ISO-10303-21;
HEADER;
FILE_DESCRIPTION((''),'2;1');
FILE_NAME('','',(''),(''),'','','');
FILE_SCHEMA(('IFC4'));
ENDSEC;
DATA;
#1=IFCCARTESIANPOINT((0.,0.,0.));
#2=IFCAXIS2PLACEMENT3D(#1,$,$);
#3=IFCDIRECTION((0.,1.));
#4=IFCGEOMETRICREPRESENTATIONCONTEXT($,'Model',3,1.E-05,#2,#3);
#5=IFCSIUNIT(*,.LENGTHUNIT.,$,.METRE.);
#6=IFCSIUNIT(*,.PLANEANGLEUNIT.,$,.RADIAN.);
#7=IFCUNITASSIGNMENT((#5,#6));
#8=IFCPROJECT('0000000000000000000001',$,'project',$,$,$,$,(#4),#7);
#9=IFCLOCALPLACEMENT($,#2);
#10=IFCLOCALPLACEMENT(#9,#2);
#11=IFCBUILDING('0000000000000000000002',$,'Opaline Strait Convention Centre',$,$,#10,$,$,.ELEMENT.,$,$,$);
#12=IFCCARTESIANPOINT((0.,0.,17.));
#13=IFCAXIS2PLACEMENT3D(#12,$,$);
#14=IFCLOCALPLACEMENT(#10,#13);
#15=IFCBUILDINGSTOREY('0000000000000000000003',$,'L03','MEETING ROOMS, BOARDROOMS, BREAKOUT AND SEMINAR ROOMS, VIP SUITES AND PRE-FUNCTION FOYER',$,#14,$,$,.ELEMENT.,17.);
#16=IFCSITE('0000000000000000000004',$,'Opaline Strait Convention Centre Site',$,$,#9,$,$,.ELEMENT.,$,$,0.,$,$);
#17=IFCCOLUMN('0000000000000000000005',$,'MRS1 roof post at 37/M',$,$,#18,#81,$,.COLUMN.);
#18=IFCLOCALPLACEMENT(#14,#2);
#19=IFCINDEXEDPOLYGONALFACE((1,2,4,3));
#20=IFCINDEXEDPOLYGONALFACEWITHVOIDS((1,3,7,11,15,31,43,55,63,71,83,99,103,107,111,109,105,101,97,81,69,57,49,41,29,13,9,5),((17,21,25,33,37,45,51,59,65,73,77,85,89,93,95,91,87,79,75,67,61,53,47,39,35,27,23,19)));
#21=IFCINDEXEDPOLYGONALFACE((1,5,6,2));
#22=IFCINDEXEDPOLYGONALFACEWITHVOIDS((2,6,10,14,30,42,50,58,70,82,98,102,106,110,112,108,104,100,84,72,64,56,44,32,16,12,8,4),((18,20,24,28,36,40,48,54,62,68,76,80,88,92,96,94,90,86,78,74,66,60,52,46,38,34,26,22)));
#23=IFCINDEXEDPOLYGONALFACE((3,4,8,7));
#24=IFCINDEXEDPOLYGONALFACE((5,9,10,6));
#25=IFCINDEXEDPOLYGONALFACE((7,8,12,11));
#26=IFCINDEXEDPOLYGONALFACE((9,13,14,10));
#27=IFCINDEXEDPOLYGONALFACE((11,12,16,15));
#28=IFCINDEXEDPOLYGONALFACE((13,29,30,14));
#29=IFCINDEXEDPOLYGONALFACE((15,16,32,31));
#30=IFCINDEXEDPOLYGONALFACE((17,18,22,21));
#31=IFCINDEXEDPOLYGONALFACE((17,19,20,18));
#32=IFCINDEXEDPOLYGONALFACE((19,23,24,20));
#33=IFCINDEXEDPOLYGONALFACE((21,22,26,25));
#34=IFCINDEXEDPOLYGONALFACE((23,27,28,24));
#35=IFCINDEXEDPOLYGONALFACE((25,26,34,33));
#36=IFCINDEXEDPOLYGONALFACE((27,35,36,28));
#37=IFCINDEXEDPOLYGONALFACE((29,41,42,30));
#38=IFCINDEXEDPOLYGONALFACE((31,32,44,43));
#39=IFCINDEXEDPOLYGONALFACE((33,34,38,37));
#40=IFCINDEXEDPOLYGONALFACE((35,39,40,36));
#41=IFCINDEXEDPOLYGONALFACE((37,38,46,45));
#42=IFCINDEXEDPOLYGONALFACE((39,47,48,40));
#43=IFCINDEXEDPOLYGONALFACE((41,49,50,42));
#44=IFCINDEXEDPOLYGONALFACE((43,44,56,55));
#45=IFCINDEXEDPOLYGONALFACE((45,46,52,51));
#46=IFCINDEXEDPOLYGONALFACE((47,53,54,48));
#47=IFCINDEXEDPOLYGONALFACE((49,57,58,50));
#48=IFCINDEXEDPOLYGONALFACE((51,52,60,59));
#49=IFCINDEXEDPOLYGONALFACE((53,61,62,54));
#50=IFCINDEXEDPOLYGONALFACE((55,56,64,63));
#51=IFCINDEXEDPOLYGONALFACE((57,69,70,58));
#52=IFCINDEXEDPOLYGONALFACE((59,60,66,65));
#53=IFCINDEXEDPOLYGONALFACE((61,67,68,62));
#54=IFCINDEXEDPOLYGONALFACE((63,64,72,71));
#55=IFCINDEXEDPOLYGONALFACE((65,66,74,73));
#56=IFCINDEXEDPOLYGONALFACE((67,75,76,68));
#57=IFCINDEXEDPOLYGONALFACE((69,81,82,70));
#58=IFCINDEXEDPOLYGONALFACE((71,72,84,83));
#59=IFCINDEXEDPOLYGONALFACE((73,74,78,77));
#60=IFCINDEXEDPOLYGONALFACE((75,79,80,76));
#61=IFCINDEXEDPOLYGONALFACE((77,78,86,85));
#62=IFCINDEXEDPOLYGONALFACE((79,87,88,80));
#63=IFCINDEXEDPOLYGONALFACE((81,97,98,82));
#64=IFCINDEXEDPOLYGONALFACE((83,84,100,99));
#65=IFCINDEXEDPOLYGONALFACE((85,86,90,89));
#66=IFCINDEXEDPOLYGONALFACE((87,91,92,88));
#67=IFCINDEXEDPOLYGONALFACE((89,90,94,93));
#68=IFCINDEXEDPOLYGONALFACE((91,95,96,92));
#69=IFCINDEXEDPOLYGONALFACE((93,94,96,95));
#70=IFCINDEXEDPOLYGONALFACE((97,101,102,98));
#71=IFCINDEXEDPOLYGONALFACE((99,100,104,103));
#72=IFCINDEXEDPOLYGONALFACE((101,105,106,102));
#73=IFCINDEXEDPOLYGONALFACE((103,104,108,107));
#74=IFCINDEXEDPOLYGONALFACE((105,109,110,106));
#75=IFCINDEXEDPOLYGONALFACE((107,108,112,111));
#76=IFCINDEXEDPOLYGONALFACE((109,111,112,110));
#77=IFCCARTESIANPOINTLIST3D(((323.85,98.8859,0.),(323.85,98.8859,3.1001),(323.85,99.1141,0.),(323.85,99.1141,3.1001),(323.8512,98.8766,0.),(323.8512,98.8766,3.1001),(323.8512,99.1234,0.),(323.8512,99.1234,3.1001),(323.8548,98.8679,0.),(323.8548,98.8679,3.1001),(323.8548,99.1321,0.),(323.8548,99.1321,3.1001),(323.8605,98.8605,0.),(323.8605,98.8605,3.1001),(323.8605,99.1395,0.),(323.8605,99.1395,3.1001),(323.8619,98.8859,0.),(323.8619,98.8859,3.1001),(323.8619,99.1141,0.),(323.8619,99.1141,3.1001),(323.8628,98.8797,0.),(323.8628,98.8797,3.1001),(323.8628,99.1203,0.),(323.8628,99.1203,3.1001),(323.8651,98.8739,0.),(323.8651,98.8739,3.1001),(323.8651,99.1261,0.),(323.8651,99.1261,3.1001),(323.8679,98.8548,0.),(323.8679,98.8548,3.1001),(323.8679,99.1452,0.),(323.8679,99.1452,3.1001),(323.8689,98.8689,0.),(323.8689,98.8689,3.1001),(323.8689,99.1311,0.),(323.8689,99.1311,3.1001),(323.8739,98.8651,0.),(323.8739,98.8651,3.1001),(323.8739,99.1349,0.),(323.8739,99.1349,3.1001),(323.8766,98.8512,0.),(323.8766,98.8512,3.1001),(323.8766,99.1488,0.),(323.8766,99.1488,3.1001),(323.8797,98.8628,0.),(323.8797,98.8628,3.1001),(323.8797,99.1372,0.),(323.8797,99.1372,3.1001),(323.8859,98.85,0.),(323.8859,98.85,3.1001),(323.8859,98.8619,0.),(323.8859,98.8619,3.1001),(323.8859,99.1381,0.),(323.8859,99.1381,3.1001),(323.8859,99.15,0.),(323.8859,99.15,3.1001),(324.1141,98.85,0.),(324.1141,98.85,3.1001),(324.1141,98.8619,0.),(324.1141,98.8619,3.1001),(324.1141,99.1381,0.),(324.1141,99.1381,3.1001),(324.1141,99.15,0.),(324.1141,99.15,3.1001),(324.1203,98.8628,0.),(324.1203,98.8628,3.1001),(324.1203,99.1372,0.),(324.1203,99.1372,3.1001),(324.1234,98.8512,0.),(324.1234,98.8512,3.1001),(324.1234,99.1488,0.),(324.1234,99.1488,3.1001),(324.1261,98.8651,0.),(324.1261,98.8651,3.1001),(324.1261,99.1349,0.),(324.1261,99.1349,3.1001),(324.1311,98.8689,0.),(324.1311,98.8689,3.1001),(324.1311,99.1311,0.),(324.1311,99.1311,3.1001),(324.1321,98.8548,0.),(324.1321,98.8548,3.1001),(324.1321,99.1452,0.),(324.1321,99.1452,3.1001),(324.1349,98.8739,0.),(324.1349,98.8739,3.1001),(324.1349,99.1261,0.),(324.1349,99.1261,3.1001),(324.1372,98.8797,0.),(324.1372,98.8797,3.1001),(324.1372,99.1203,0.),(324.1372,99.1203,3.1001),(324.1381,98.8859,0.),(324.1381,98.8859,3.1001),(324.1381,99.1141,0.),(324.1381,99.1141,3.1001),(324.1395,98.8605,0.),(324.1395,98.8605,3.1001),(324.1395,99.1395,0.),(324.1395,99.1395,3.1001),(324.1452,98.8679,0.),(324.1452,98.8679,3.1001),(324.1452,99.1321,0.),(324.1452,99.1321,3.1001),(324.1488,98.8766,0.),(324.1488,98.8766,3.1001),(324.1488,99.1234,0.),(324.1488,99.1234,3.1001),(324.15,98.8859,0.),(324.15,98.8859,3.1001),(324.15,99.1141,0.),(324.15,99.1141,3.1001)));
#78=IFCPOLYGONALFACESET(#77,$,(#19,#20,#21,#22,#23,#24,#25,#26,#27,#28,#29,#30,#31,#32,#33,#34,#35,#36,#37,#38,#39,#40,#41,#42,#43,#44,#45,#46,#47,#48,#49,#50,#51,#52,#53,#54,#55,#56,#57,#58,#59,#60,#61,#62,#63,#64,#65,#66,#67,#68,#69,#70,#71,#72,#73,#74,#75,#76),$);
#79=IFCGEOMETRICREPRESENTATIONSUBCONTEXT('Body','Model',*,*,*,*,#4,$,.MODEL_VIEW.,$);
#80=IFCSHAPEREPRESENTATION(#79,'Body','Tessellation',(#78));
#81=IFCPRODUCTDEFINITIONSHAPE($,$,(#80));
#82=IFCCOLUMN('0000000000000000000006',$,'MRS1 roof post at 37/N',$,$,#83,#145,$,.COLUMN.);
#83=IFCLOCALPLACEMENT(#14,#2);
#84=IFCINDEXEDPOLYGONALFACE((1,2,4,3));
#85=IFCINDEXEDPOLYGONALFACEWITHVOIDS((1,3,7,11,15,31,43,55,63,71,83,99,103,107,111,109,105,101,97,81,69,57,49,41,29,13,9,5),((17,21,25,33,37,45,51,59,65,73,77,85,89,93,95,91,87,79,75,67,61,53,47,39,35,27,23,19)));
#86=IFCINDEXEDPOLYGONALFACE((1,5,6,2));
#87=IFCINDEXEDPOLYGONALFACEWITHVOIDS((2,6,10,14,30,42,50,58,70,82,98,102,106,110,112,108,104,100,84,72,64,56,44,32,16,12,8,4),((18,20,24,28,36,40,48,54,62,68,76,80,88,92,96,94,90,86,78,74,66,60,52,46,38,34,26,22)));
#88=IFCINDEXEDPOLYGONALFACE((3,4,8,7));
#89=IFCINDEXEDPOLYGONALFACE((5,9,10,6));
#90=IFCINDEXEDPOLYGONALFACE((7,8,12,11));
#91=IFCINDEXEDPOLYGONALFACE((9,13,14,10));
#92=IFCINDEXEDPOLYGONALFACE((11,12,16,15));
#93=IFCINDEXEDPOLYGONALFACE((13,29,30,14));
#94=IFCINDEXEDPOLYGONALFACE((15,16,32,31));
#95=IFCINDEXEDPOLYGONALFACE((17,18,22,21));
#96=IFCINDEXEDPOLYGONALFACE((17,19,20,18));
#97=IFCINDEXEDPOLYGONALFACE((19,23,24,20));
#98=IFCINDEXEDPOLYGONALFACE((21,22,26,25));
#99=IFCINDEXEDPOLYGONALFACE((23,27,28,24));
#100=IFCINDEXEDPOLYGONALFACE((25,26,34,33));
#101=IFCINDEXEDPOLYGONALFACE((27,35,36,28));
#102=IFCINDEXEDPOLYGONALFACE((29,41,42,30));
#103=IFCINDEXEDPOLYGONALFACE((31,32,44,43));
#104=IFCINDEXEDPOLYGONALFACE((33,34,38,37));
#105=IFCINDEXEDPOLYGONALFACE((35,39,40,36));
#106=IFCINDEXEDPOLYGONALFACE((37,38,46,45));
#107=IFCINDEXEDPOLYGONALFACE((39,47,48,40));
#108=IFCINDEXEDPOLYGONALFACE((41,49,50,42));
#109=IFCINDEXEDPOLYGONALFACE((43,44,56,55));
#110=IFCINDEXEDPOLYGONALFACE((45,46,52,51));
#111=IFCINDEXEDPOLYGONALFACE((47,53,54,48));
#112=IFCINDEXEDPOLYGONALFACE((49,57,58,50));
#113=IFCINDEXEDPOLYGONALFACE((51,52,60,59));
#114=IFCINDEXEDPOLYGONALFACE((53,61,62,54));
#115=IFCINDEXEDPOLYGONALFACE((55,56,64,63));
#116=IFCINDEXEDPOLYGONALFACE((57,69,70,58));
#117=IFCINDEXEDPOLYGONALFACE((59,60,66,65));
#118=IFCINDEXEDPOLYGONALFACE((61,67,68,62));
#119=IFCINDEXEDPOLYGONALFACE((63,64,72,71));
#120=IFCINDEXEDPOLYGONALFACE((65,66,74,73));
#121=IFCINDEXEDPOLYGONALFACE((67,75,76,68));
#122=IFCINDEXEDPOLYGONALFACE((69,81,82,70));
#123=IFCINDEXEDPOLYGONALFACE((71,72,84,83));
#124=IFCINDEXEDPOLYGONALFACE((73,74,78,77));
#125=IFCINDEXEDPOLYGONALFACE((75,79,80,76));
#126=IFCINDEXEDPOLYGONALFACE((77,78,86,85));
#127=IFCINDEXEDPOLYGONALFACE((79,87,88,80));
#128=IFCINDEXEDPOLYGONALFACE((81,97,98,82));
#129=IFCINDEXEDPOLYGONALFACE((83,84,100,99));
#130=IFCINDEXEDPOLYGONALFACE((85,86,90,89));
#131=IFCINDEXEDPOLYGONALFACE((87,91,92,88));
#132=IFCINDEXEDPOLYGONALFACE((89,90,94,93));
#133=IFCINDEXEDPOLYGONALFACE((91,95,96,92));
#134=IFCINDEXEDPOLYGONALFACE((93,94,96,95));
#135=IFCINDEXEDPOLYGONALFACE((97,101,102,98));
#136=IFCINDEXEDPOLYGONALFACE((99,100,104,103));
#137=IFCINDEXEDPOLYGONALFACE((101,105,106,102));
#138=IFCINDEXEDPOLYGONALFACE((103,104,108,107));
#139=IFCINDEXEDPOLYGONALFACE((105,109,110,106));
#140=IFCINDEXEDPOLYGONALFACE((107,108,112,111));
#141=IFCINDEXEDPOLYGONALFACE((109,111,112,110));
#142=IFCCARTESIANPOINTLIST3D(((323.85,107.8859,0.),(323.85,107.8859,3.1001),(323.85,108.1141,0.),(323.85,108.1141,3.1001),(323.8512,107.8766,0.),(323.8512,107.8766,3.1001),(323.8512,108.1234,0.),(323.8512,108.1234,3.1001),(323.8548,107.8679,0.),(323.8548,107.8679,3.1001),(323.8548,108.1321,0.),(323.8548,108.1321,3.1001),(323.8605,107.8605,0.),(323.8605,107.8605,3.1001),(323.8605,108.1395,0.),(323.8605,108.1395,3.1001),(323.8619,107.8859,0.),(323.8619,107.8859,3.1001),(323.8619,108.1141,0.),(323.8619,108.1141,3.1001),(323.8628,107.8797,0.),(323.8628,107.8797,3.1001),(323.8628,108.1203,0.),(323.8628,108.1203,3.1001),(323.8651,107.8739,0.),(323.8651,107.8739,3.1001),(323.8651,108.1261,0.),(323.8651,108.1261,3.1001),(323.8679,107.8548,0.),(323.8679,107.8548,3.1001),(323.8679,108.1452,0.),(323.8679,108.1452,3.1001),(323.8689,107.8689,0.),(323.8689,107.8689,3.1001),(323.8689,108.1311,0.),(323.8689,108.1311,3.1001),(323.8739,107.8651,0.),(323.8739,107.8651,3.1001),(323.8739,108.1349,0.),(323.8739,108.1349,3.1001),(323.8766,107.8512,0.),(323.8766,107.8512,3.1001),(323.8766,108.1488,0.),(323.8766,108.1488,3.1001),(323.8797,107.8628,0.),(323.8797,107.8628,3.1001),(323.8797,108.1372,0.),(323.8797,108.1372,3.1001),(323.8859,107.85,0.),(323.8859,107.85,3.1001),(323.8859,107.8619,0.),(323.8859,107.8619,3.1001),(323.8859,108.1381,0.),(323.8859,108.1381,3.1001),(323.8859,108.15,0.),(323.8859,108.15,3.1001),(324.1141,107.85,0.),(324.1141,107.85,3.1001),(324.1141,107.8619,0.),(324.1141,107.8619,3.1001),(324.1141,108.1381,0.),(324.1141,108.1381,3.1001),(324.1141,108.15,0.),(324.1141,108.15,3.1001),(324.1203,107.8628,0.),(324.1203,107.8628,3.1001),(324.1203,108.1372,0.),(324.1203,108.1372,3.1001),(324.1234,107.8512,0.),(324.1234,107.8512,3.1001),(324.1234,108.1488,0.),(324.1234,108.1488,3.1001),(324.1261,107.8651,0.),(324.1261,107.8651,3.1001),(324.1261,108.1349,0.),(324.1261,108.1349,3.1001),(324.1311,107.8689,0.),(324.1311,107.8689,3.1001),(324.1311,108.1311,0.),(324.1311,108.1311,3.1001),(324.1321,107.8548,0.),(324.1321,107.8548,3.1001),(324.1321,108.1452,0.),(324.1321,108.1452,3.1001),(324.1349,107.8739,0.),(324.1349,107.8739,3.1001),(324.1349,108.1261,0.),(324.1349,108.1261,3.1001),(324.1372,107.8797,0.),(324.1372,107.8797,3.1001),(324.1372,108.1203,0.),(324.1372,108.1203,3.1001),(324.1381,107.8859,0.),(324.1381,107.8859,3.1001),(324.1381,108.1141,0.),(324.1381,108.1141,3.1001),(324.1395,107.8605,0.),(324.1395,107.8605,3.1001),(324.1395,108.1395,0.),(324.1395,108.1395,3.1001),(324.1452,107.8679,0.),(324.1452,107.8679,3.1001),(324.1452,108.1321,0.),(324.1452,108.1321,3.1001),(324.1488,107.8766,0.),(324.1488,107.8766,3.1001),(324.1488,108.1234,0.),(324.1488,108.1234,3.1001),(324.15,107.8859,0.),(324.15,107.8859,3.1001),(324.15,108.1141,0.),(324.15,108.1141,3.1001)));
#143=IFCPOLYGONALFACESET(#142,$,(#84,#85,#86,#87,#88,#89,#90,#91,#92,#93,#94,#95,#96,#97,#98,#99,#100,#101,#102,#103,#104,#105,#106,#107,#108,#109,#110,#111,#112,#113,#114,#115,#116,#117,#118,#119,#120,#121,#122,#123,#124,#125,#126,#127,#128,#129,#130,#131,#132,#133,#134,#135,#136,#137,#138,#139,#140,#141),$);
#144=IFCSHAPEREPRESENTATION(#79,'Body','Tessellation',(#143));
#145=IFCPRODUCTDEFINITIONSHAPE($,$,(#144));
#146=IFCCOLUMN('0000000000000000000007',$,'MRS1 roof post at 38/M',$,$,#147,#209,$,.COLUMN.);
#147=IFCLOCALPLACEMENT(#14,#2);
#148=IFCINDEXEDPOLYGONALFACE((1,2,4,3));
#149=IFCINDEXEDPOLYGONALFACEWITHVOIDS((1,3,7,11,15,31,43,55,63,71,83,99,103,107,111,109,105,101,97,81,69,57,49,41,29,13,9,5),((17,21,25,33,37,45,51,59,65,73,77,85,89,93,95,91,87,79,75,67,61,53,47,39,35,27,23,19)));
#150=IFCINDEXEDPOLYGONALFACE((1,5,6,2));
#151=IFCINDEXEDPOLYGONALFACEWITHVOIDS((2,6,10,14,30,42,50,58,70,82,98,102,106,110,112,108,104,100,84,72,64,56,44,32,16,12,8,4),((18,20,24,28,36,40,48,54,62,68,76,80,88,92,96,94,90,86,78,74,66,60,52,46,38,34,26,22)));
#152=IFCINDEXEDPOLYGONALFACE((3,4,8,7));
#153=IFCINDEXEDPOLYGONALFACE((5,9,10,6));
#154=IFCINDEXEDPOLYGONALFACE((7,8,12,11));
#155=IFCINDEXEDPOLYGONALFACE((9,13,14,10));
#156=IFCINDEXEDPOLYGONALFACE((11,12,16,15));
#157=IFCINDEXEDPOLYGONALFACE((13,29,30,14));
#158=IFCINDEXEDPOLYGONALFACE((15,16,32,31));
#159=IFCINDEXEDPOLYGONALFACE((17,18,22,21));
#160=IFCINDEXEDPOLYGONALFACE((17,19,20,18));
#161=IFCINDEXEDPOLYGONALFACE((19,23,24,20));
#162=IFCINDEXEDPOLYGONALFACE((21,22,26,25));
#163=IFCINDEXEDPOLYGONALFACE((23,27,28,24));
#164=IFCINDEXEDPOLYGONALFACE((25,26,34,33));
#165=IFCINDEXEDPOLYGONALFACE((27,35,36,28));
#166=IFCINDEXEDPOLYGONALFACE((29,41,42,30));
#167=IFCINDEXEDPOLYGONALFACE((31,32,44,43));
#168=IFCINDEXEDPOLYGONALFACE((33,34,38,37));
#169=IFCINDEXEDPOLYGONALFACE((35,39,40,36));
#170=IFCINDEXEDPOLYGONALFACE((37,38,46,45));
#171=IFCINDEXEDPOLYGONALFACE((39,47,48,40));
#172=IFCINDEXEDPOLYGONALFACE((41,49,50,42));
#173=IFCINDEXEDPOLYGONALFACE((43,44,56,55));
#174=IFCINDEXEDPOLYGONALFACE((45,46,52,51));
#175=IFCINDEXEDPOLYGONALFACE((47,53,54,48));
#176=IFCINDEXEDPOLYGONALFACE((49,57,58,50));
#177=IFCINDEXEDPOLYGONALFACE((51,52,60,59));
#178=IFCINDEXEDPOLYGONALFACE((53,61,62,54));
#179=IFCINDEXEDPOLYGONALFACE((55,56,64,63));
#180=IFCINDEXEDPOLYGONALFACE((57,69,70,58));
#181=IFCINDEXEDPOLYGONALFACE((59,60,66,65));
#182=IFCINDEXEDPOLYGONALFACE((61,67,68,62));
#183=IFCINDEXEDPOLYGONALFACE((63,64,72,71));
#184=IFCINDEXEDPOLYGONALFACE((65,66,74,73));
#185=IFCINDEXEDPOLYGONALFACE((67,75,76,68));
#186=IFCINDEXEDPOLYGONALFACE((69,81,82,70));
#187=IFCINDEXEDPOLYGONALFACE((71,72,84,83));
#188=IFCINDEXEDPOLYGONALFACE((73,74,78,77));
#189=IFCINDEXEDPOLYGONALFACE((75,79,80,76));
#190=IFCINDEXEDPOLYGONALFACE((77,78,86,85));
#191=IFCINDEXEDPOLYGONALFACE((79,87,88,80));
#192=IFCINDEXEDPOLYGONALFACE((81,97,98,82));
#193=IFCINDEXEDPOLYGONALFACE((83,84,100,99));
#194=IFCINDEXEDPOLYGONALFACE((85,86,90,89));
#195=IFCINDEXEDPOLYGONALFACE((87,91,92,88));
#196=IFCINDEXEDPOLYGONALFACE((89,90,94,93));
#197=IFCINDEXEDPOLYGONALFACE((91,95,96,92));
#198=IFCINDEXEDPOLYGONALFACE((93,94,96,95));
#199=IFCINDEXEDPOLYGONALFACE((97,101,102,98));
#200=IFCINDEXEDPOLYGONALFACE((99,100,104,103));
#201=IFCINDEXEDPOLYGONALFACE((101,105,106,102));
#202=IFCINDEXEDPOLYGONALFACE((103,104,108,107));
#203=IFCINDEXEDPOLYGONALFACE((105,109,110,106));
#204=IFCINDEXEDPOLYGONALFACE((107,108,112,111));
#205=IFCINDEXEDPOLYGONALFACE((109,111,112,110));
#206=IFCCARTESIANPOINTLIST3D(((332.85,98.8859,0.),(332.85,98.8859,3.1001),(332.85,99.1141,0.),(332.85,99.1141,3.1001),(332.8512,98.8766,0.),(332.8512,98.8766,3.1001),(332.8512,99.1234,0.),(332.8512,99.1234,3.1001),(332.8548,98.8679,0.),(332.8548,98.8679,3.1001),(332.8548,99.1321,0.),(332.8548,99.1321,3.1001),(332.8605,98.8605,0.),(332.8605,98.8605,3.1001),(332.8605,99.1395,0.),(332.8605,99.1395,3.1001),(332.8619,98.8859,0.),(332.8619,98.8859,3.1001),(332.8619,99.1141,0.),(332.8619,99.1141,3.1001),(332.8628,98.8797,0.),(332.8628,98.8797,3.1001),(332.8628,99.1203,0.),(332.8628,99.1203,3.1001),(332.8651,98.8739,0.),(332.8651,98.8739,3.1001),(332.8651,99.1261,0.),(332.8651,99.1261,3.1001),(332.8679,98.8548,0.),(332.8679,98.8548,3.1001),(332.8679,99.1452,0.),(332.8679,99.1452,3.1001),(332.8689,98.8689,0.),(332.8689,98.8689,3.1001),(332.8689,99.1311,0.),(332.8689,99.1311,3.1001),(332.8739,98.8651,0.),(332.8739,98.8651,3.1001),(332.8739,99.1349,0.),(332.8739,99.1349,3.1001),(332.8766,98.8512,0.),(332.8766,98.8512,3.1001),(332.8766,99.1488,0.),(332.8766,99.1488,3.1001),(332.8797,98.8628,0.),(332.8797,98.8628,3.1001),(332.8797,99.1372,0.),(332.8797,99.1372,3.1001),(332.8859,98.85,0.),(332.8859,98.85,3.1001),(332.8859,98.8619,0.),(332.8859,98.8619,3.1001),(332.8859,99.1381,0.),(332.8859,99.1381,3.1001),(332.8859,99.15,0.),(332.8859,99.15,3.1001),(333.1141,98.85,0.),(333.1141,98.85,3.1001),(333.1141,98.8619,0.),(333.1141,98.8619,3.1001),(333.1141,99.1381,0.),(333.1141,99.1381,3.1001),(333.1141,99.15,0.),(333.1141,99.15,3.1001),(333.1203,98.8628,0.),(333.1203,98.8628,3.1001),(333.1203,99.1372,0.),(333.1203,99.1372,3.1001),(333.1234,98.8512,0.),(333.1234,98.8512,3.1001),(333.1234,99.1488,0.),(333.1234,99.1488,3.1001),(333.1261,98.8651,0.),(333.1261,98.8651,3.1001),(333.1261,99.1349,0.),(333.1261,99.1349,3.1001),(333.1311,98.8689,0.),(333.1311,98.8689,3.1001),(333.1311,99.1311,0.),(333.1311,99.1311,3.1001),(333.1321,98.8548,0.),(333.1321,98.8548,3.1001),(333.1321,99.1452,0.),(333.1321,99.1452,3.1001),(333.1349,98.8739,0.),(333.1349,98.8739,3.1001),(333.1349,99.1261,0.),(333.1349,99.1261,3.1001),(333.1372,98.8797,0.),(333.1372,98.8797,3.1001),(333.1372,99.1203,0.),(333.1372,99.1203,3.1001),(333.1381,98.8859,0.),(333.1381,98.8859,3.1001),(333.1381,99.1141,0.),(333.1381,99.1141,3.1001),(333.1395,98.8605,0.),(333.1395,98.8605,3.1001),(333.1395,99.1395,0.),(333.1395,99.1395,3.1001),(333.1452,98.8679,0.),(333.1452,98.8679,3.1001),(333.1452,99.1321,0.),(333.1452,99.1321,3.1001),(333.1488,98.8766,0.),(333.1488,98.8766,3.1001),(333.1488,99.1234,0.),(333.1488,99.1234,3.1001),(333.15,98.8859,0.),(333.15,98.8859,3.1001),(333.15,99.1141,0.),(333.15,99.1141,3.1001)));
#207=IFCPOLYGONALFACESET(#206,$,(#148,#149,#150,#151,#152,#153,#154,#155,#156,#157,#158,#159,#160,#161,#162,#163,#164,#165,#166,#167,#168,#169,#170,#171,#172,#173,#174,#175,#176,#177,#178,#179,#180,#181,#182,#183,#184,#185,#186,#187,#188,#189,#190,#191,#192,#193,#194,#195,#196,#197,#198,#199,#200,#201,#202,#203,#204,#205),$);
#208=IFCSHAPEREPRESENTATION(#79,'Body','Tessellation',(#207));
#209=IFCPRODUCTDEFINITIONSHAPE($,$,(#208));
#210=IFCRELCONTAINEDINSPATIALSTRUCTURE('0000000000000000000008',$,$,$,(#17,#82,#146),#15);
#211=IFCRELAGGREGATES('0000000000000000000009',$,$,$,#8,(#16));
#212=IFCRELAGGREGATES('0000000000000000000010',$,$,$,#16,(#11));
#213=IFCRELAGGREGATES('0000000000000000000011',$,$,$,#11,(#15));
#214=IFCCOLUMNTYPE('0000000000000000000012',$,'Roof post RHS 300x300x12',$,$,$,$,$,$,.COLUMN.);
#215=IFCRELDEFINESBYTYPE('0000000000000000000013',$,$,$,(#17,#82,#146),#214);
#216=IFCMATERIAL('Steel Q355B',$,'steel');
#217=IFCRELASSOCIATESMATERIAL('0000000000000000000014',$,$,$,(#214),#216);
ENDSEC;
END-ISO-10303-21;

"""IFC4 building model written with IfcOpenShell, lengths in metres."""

from ifc_helpers import new_model, si_unit, direction, frame, origin, origin_2d, place, context, subcontext, project, spatial, hollow_rectangle, extrude, material, material_profile, profile_set, type_object, element, save


model = new_model("IFC4")

# Units and contexts
model_context = context("Model", 3, precision=1e-05, world=origin(), true_north=direction((0.0, 1.0)))
body_context = subcontext(model_context, "Body", "Model", "MODEL_VIEW")
ifc_project = project(units=[si_unit("LENGTHUNIT", "METRE"), si_unit("PLANEANGLEUNIT", "RADIAN")], contexts=[model_context])

# Site, building, storey
site_placement = place(None, origin())
site = spatial("IfcSite", under=ifc_project, at=site_placement, Name="Opaline Strait Convention Centre Site", CompositionType="ELEMENT", RefElevation=0.0)
building_placement = place(site_placement, origin())
building = spatial("IfcBuilding", under=site, at=building_placement, Name="Opaline Strait Convention Centre", CompositionType="ELEMENT")
storey_placement = place(building_placement, frame((0.0, 0.0, 17.0)))
storey = spatial("IfcBuildingStorey", under=building, at=storey_placement, Name="L03", Description="MEETING ROOMS, BOARDROOMS, BREAKOUT AND SEMINAR ROOMS, VIP SUITES AND PRE-FUNCTION FOYER", CompositionType="ELEMENT", Elevation=17.0)

# Columns
ifc_material_1 = material(Name="Steel Q355B", Category="steel")
ifc_material_profile_1 = material_profile(ifc_material_1, hollow_rectangle(XDim=0.3, YDim=0.3, WallThickness=0.012, InnerFilletRadius=0.0239, OuterFilletRadius=0.0359, at=origin_2d()), Name="RHS 300x300x12")
ifc_profile_set_1 = profile_set([ifc_material_profile_1], Name="Steel Q355B")
column_type = type_object("IfcColumnType", Name="Roof post RHS 300x300x12", PredefinedType="COLUMN", material=ifc_profile_set_1)
for number, where, z_axis, x_axis, name in (
    (1, (324.0, 99.0, 0.0), (0.0, 0.0, 1.0), (1.0, 0.0, 0.0), "MRS1 roof post at 37/M"),
    (2, (324.0, 108.0, 0.0), (0.0, 0.0, 1.0), (1.0, 0.0, 0.0), "MRS1 roof post at 37/N"),
    (3, (333.0, 99.0, 0.0), (0.0, 0.0, 1.0), (1.0, 0.0, 0.0), "MRS1 roof post at 38/M"),
):
    element("IfcColumn", number, at=place(storey_placement, frame(where, z_axis=z_axis, x_axis=x_axis)), inside=storey, type_object=column_type, Name=name, PredefinedType="COLUMN", context=body_context, shape_type="SweptSolid", body=[
        extrude(hollow_rectangle(XDim=0.3, YDim=0.3, WallThickness=0.012, InnerFilletRadius=0.0239, OuterFilletRadius=0.0359, at=origin_2d()), origin(), (0.0, 0.0, 1.0), 3.1001),
    ])

save(model, "model.ifc")
